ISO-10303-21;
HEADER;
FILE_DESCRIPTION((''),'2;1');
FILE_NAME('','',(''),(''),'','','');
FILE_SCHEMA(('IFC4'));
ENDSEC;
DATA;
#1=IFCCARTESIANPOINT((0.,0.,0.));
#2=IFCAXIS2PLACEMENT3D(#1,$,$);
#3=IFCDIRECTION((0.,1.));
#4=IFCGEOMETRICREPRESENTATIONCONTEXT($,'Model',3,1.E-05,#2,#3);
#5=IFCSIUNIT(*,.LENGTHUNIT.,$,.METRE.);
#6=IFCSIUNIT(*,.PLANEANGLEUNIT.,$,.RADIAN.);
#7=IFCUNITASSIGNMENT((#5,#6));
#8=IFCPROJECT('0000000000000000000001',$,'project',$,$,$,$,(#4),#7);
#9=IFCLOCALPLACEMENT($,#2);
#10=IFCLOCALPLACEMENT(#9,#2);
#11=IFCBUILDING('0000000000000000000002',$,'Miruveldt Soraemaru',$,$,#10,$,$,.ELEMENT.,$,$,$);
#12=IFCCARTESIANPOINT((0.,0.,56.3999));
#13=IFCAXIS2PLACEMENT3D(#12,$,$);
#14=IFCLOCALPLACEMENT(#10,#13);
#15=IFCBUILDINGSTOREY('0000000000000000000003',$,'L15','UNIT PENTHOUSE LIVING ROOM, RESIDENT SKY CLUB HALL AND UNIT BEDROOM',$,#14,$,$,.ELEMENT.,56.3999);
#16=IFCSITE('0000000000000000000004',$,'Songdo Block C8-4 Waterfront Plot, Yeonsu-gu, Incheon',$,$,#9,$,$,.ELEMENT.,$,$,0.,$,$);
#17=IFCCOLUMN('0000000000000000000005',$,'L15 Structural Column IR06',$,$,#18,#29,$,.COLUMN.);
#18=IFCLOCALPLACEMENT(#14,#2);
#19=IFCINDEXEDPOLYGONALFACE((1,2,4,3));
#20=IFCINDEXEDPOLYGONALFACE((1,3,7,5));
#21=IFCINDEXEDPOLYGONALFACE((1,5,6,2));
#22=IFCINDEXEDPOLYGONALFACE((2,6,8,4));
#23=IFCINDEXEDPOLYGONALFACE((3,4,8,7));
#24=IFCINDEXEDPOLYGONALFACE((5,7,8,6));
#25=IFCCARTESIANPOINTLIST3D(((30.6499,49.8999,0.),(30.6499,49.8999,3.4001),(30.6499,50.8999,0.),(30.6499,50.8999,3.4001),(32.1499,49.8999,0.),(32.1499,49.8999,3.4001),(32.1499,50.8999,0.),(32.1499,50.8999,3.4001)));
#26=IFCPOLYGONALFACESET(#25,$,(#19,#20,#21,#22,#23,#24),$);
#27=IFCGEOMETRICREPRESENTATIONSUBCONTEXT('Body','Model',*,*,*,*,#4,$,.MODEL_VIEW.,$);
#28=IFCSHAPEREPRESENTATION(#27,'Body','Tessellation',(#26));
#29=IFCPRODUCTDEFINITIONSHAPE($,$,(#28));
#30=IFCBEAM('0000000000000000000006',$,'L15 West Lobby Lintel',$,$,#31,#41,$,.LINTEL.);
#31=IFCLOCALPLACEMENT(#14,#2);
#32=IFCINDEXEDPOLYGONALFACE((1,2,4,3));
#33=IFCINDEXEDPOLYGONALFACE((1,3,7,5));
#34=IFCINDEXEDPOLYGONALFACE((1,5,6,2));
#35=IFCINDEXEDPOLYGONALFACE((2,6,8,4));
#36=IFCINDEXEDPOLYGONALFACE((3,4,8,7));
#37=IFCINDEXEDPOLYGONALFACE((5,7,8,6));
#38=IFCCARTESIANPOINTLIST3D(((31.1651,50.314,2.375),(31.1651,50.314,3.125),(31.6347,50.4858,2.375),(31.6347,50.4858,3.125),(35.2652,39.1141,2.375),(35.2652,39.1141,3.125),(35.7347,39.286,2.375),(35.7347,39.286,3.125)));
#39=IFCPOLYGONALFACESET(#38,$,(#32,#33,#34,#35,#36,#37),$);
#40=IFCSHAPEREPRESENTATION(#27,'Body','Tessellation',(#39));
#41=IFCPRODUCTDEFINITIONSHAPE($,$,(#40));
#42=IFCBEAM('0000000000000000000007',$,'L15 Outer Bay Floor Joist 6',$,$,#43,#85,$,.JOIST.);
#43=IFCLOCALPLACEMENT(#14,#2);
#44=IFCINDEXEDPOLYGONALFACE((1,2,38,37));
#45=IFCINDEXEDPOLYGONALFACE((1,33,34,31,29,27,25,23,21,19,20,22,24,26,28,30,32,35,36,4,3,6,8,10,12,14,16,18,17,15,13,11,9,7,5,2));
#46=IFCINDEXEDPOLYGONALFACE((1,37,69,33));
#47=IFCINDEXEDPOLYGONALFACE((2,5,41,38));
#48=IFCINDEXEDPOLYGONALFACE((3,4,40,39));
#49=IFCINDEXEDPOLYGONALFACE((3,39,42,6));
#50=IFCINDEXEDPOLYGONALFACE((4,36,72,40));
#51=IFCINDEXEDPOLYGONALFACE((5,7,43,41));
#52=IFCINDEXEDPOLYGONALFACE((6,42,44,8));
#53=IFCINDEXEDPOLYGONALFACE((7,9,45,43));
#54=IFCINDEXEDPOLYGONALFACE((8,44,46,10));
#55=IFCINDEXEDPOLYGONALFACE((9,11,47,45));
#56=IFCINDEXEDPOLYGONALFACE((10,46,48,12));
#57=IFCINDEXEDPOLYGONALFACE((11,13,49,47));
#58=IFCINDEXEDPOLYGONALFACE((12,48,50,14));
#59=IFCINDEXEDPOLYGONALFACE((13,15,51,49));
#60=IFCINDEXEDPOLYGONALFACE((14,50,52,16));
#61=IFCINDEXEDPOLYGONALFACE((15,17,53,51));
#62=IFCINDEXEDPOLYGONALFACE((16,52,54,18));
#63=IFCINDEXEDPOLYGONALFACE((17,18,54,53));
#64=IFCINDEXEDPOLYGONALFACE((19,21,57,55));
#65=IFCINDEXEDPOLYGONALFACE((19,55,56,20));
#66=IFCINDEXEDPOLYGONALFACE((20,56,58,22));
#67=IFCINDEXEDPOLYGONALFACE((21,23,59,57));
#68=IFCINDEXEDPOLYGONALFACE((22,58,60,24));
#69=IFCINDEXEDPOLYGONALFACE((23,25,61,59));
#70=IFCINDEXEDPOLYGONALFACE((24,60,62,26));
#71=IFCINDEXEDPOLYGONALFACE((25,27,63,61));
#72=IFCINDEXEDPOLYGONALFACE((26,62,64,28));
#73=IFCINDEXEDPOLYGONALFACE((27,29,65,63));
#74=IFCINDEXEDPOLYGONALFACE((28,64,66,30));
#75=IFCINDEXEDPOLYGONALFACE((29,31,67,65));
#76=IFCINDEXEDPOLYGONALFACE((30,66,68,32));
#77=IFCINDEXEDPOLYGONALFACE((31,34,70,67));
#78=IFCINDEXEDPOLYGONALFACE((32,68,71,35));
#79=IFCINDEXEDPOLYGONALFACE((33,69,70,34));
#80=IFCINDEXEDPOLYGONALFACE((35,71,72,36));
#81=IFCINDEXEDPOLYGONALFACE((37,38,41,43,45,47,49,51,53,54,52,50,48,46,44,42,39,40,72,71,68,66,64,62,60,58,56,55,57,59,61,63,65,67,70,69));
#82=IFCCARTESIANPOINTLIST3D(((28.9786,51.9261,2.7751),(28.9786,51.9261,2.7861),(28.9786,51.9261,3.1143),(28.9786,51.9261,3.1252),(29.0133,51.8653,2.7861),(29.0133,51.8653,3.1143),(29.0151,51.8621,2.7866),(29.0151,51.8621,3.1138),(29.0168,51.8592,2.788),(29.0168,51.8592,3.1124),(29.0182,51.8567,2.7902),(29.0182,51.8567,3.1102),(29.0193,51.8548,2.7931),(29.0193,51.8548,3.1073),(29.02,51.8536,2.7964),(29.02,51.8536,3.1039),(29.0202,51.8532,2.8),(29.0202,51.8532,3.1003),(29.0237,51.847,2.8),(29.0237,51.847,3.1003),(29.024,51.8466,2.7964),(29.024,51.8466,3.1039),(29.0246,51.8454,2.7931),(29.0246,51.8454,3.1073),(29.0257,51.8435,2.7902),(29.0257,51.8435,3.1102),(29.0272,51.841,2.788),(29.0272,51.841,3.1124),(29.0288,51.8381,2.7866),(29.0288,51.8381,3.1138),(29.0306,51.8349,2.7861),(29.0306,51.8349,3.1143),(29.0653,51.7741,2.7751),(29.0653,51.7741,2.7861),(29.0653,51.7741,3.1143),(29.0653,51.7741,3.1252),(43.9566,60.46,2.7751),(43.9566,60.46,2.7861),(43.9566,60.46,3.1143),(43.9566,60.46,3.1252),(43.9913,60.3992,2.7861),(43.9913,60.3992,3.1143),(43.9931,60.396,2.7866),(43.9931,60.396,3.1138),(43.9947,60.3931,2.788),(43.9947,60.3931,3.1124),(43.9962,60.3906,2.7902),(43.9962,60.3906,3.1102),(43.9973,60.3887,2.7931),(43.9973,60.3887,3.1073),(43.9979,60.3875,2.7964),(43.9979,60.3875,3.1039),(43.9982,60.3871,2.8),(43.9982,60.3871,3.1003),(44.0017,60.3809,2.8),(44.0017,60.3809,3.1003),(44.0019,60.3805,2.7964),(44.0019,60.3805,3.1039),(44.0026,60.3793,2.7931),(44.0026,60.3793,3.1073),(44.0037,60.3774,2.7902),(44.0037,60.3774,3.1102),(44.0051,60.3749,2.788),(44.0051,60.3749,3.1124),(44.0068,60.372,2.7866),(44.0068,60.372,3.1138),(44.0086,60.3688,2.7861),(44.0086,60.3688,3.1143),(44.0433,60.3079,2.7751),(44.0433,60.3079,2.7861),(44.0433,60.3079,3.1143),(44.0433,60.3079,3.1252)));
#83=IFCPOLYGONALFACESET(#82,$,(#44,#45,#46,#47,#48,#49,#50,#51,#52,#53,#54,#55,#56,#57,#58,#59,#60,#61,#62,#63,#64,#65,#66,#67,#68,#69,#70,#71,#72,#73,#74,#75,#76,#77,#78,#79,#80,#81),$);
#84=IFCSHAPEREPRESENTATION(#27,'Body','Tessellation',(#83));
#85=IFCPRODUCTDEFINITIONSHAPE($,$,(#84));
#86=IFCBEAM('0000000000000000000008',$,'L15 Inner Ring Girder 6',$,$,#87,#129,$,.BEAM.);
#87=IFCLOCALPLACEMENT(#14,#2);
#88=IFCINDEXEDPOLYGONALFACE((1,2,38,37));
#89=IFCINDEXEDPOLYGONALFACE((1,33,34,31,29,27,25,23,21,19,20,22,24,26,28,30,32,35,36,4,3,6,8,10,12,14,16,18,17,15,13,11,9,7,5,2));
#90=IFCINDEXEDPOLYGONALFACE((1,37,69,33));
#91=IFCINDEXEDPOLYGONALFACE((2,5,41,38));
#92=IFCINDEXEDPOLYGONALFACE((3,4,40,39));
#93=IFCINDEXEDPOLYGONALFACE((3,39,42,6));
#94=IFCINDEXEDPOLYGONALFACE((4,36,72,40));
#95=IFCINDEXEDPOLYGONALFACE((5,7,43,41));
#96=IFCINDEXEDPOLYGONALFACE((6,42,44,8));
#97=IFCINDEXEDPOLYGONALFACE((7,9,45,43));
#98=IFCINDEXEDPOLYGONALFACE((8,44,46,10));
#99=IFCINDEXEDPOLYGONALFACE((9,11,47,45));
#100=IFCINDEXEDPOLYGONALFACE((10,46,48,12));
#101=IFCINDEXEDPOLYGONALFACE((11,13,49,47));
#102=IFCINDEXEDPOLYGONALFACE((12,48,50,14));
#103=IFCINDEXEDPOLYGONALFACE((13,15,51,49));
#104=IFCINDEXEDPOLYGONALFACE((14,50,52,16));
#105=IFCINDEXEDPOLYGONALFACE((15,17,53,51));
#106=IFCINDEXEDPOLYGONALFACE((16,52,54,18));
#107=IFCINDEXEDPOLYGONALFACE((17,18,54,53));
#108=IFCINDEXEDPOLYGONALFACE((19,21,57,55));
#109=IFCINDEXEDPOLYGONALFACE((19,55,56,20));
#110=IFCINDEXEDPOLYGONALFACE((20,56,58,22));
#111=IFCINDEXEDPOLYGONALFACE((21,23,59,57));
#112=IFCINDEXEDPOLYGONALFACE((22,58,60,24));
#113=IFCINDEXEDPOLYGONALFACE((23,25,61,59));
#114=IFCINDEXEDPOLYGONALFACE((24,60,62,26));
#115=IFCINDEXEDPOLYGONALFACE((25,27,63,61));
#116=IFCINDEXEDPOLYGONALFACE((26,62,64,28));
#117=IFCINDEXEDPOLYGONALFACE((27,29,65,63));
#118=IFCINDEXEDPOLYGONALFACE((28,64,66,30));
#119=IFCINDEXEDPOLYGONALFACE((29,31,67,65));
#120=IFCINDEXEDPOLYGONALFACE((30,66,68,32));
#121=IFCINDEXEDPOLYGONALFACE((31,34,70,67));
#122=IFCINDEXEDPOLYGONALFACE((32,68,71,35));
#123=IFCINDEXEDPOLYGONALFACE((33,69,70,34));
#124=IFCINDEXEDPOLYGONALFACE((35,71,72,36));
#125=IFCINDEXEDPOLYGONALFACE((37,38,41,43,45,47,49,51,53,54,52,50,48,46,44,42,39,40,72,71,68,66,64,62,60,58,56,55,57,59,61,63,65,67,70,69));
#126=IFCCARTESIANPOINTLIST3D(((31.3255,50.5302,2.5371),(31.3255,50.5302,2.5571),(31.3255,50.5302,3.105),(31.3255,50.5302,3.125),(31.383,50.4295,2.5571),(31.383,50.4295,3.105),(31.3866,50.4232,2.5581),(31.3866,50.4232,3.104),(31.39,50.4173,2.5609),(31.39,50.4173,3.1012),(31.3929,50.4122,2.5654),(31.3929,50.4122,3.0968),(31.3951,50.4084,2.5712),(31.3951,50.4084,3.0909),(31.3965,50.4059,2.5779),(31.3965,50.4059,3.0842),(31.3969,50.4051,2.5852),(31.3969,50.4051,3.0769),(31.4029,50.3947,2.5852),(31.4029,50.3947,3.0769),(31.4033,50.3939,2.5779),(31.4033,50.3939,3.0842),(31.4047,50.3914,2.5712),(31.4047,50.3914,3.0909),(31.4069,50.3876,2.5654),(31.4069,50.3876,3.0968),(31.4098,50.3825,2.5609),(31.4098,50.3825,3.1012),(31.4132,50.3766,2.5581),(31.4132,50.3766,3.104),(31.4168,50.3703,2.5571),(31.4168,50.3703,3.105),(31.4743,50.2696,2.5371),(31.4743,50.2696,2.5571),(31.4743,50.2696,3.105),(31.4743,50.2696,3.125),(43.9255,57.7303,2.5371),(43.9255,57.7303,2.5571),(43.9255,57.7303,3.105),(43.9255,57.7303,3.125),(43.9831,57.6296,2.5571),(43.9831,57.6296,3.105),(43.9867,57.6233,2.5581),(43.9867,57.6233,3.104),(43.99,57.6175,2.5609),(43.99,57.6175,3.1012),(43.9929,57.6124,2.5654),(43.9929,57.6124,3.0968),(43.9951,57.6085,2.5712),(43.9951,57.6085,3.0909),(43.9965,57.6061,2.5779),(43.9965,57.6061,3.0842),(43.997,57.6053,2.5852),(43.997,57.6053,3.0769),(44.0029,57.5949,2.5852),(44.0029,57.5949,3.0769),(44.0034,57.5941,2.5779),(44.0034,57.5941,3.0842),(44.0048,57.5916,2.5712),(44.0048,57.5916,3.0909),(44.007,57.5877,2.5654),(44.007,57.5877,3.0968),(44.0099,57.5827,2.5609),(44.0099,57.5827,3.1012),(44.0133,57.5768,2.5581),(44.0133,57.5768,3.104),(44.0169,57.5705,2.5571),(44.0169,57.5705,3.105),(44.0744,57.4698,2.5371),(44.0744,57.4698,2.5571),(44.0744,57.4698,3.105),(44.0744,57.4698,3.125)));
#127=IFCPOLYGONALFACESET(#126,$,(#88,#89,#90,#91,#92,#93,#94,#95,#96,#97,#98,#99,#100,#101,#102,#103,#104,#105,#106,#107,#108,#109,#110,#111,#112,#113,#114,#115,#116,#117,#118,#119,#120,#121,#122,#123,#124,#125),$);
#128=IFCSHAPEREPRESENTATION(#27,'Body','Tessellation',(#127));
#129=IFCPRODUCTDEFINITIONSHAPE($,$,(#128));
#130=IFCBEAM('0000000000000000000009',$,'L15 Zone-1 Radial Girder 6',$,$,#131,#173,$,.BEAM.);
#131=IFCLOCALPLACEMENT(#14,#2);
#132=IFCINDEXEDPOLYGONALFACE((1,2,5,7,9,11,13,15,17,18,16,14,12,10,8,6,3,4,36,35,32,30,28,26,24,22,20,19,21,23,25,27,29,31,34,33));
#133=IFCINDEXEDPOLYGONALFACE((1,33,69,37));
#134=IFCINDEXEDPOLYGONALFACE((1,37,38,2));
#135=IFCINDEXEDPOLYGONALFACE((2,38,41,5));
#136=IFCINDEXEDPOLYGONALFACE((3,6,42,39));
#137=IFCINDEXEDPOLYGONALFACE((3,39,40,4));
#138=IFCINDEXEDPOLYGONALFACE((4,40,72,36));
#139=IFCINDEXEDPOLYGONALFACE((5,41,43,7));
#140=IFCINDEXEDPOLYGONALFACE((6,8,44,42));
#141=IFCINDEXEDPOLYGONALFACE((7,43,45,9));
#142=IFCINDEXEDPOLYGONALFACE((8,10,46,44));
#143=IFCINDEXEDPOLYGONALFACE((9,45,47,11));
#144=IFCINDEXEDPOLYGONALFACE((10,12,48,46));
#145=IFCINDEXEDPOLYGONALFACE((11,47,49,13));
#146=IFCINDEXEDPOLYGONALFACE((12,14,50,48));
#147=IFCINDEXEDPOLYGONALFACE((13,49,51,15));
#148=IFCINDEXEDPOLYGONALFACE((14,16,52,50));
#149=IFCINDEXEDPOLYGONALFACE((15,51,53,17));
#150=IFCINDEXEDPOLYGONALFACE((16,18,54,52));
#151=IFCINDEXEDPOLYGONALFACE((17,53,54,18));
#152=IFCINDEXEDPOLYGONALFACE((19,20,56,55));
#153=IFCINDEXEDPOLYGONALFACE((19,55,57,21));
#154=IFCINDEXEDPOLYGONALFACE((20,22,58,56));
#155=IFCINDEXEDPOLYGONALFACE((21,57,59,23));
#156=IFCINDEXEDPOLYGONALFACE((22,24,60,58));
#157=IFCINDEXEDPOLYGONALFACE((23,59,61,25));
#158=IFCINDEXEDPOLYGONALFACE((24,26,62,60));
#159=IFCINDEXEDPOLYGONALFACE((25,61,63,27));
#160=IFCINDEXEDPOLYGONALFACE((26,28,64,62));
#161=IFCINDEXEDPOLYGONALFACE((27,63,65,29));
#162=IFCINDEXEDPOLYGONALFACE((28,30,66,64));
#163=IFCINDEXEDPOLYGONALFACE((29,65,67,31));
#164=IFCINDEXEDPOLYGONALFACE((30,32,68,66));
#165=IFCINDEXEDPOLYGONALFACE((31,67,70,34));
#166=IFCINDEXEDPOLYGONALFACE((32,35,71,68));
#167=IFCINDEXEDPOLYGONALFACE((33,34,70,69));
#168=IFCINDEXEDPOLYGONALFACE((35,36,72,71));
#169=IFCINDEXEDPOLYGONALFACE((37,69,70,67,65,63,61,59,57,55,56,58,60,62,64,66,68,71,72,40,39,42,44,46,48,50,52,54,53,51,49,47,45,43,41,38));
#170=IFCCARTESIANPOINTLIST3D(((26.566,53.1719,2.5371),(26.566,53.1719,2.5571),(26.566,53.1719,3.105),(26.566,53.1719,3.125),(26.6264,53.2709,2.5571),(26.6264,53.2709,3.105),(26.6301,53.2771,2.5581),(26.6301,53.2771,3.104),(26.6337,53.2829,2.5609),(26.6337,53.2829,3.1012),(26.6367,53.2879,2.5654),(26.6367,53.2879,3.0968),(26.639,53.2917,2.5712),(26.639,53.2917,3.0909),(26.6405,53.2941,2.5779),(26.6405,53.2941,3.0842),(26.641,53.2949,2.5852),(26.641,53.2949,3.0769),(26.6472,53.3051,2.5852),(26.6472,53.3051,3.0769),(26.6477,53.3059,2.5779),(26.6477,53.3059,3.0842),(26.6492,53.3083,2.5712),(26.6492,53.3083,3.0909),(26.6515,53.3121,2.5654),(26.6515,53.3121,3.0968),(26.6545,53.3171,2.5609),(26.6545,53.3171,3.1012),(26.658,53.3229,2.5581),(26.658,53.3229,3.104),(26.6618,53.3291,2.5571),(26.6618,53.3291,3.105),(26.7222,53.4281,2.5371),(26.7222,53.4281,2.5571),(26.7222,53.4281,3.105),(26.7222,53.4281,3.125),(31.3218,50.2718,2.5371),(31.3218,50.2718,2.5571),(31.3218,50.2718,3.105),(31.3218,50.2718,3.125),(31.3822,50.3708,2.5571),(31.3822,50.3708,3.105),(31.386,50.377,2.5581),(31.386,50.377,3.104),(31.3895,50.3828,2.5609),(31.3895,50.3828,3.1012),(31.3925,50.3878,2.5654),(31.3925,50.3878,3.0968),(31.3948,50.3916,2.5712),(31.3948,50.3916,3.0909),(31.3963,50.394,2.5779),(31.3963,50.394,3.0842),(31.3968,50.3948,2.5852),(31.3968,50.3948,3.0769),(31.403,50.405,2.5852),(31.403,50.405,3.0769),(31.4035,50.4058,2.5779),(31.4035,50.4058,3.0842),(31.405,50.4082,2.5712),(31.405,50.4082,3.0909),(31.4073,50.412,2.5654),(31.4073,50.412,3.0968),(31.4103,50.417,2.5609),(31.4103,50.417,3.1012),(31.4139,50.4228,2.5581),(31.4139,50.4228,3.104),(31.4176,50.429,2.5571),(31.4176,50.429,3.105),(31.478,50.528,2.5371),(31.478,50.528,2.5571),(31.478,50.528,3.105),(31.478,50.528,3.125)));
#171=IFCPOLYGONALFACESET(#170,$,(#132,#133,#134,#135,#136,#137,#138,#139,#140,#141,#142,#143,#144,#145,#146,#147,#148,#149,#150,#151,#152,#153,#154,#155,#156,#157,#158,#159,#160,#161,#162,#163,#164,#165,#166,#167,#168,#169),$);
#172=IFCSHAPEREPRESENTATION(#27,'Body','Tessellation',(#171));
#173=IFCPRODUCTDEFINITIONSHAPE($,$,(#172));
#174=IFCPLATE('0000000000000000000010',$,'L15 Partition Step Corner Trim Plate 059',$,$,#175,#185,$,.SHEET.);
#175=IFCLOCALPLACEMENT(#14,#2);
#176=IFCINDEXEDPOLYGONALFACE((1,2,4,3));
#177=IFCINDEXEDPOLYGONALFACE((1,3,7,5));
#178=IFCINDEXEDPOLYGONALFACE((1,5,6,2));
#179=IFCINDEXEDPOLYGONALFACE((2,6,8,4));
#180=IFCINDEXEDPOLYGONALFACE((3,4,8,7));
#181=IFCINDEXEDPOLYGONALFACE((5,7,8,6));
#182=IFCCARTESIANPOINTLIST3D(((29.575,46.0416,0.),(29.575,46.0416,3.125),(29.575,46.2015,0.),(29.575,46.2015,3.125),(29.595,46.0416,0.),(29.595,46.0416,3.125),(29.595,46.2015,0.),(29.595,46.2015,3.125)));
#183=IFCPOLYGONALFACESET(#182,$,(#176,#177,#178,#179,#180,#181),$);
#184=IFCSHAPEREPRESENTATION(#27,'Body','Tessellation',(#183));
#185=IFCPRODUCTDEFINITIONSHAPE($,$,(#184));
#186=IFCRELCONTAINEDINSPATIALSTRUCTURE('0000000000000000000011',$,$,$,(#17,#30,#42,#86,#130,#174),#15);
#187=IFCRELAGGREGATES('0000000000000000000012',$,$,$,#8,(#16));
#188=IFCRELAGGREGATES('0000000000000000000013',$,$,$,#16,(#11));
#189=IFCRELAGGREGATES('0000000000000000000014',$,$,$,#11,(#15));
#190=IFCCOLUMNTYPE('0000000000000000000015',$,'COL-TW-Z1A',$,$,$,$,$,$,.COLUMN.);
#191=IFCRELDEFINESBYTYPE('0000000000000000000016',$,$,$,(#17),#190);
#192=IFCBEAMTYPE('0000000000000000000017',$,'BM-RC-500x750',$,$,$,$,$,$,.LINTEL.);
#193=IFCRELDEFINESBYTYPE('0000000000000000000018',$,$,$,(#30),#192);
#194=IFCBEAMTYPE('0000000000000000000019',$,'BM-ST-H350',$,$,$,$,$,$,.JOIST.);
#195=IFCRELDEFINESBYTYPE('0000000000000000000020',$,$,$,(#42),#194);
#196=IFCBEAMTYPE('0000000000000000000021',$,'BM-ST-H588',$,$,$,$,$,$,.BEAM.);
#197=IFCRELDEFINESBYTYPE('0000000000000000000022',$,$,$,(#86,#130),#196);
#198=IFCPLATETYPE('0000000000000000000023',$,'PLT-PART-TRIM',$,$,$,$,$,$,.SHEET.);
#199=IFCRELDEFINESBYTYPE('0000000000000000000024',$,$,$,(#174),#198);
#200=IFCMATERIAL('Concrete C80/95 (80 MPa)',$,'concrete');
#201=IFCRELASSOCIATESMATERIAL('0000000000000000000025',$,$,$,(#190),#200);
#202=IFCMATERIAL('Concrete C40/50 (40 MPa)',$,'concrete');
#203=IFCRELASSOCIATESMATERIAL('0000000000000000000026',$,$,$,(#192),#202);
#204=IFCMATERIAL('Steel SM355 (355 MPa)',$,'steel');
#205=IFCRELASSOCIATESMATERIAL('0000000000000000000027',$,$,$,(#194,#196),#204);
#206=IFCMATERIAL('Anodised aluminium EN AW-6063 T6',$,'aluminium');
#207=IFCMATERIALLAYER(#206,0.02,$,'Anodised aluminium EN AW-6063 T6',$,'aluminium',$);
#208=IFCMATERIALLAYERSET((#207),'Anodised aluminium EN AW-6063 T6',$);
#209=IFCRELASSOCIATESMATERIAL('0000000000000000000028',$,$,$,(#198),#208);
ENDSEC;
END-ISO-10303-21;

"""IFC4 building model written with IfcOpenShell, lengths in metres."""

from ifc_helpers import new_model, si_unit, direction, frame, origin, origin_2d, place, context, subcontext, project, spatial, rectangle, i_section, extrude, material, layer, layer_set, material_profile, profile_set, type_object, element, save


model = new_model("IFC4")

# Units and contexts
model_context = context("Model", 3, precision=1e-05, world=origin(), true_north=direction((0.0, 1.0)))
body_context = subcontext(model_context, "Body", "Model", "MODEL_VIEW")
ifc_project = project(units=[si_unit("LENGTHUNIT", "METRE"), si_unit("PLANEANGLEUNIT", "RADIAN")], contexts=[model_context])

# Site, building, storey
site_placement = place(None, origin())
site = spatial("IfcSite", under=ifc_project, at=site_placement, Name="Songdo Block C8-4 Waterfront Plot, Yeonsu-gu, Incheon", CompositionType="ELEMENT", RefElevation=0.0)
building_placement = place(site_placement, origin())
building = spatial("IfcBuilding", under=site, at=building_placement, Name="Miruveldt Soraemaru", CompositionType="ELEMENT")
storey_placement = place(building_placement, frame((0.0, 0.0, 56.3999)))
storey = spatial("IfcBuildingStorey", under=building, at=storey_placement, Name="L15", Description="UNIT PENTHOUSE LIVING ROOM, RESIDENT SKY CLUB HALL AND UNIT BEDROOM", CompositionType="ELEMENT", Elevation=56.3999)

# Column
ifc_material_1 = material(Name="Concrete C80/95 (80 MPa)", Category="concrete")
ifc_material_profile_1 = material_profile(ifc_material_1, rectangle(XDim=1.5, YDim=1.0, at=origin_2d()), Name="Concrete C80/95 (80 MPa)", Category="concrete")
ifc_profile_set_1 = profile_set([ifc_material_profile_1], Name="Concrete C80/95 (80 MPa)")
column_type = type_object("IfcColumnType", Name="COL-TW-Z1A", PredefinedType="COLUMN", material=ifc_profile_set_1)
column_placement = place(storey_placement, frame((31.3999, 50.3999, 0.0), z_axis=(0.0, 0.0, 1.0), x_axis=(1.0, 0.0, 0.0)))
element("IfcColumn", 1, at=column_placement, inside=storey, type_object=column_type, Name="L15 Structural Column IR06", PredefinedType="COLUMN", context=body_context, shape_type="SweptSolid", body=[
    extrude(rectangle(XDim=1.5, YDim=1.0, at=origin_2d()), origin(), (0.0, 0.0, 1.0), 3.4001),
])

# Beams
ifc_material_2 = material(Name="Concrete C40/50 (40 MPa)", Category="concrete")
ifc_material_profile_2 = material_profile(ifc_material_2, rectangle(XDim=0.5, YDim=0.75, at=origin_2d()), Name="Concrete C40/50 (40 MPa)", Category="concrete")
ifc_profile_set_2 = profile_set([ifc_material_profile_2], Name="Concrete C40/50 (40 MPa)")
beam_type_1 = type_object("IfcBeamType", Name="BM-RC-500x750", PredefinedType="LINTEL", material=ifc_profile_set_2)
beam_1_placement = place(storey_placement, frame((31.3999, 50.3999, 2.75), z_axis=(0.34377, -0.939054, 0.0), x_axis=(0.939054, 0.34377, 0.0)))
element("IfcBeam", 2, at=beam_1_placement, inside=storey, type_object=beam_type_1, Name="L15 West Lobby Lintel", PredefinedType="LINTEL", context=body_context, shape_type="SweptSolid", body=[
    extrude(rectangle(XDim=0.5, YDim=0.75, at=origin_2d()), origin(), (0.0, 0.0, 1.0), 11.9268),
])
ifc_material_3 = material(Name="Steel SM355 (355 MPa)", Category="steel")
ifc_material_profile_3 = material_profile(ifc_material_3, i_section(OverallWidth=0.175, OverallDepth=0.3501, WebThickness=0.0071, FlangeThickness=0.011, FilletRadius=0.0139, at=origin_2d()), Name="Steel SM355 (355 MPa)", Category="steel")
ifc_profile_set_3 = profile_set([ifc_material_profile_3], Name="Steel SM355 (355 MPa)")
beam_type_2 = type_object("IfcBeamType", Name="BM-ST-H350", PredefinedType="JOIST", material=ifc_profile_set_3)
beam_2_placement = place(storey_placement, frame((29.022, 51.8501, 2.9502), z_axis=(0.868866, 0.495048, 0.0), x_axis=(-0.495048, 0.868866, 0.0)))
element("IfcBeam", 3, at=beam_2_placement, inside=storey, type_object=beam_type_2, Name="L15 Outer Bay Floor Joist 6", PredefinedType="JOIST", context=body_context, shape_type="SweptSolid", body=[
    extrude(i_section(OverallWidth=0.175, OverallDepth=0.3501, WebThickness=0.0071, FlangeThickness=0.011, FilletRadius=0.0139, at=origin_2d()), origin(), (0.0, 0.0, 1.0), 17.2385),
])
ifc_material_profile_4 = material_profile(ifc_material_3, i_section(OverallWidth=0.3, OverallDepth=0.5879, WebThickness=0.012, FlangeThickness=0.02, FilletRadius=0.0281, at=origin_2d()), Name="Steel SM355 (355 MPa)", Category="steel")
ifc_profile_set_4 = profile_set([ifc_material_profile_4], Name="Steel SM355 (355 MPa)")
beam_type_3 = type_object("IfcBeamType", Name="BM-ST-H588", PredefinedType="BEAM", material=ifc_profile_set_4)
beam_3_placement = place(storey_placement, frame((31.3999, 50.3999, 2.8311), z_axis=(0.868239, 0.496146, 0.0), x_axis=(-0.496146, 0.868239, 0.0)))
element("IfcBeam", 4, at=beam_3_placement, inside=storey, type_object=beam_type_3, Name="L15 Inner Ring Girder 6", PredefinedType="BEAM", context=body_context, shape_type="SweptSolid", body=[
    extrude(i_section(OverallWidth=0.3, OverallDepth=0.5879, WebThickness=0.012, FlangeThickness=0.02, FilletRadius=0.0281, at=origin_2d()), origin(), (0.0, 0.0, 1.0), 14.5122),
])
beam_4_placement = place(storey_placement, frame((31.3999, 50.3999, 2.8311), z_axis=(-0.853778, 0.520638, 0.0), x_axis=(-0.520638, -0.853778, 0.0)))
element("IfcBeam", 5, at=beam_4_placement, inside=storey, type_object=beam_type_3, Name="L15 Zone-1 Radial Girder 6", PredefinedType="BEAM", context=body_context, shape_type="SweptSolid", body=[
    extrude(i_section(OverallWidth=0.3, OverallDepth=0.5879, WebThickness=0.012, FlangeThickness=0.02, FilletRadius=0.0281, at=origin_2d()), origin(), (0.0, 0.0, 1.0), 5.5703),
])

# Plate
ifc_material_4 = material(Name="Anodised aluminium EN AW-6063 T6", Category="aluminium")
ifc_layer_1 = layer(ifc_material_4, 0.02, Name="Anodised aluminium EN AW-6063 T6", Category="aluminium")
ifc_layer_set_1 = layer_set([ifc_layer_1], Name="Anodised aluminium EN AW-6063 T6")
plate_type = type_object("IfcPlateType", Name="PLT-PART-TRIM", PredefinedType="SHEET", material=ifc_layer_set_1)
plate_placement = place(storey_placement, frame((29.585, 46.1216, 0.0), z_axis=(0.0, 0.0, 1.0), x_axis=(0.0, -1.0, 0.0)))
element("IfcPlate", 6, at=plate_placement, inside=storey, type_object=plate_type, Name="L15 Partition Step Corner Trim Plate 059", PredefinedType="SHEET", context=body_context, shape_type="SweptSolid", body=[
    extrude(rectangle(XDim=0.1599, YDim=0.02, at=origin_2d()), origin(), (0.0, 0.0, 1.0), 3.125),
])

save(model, "model.ifc")
